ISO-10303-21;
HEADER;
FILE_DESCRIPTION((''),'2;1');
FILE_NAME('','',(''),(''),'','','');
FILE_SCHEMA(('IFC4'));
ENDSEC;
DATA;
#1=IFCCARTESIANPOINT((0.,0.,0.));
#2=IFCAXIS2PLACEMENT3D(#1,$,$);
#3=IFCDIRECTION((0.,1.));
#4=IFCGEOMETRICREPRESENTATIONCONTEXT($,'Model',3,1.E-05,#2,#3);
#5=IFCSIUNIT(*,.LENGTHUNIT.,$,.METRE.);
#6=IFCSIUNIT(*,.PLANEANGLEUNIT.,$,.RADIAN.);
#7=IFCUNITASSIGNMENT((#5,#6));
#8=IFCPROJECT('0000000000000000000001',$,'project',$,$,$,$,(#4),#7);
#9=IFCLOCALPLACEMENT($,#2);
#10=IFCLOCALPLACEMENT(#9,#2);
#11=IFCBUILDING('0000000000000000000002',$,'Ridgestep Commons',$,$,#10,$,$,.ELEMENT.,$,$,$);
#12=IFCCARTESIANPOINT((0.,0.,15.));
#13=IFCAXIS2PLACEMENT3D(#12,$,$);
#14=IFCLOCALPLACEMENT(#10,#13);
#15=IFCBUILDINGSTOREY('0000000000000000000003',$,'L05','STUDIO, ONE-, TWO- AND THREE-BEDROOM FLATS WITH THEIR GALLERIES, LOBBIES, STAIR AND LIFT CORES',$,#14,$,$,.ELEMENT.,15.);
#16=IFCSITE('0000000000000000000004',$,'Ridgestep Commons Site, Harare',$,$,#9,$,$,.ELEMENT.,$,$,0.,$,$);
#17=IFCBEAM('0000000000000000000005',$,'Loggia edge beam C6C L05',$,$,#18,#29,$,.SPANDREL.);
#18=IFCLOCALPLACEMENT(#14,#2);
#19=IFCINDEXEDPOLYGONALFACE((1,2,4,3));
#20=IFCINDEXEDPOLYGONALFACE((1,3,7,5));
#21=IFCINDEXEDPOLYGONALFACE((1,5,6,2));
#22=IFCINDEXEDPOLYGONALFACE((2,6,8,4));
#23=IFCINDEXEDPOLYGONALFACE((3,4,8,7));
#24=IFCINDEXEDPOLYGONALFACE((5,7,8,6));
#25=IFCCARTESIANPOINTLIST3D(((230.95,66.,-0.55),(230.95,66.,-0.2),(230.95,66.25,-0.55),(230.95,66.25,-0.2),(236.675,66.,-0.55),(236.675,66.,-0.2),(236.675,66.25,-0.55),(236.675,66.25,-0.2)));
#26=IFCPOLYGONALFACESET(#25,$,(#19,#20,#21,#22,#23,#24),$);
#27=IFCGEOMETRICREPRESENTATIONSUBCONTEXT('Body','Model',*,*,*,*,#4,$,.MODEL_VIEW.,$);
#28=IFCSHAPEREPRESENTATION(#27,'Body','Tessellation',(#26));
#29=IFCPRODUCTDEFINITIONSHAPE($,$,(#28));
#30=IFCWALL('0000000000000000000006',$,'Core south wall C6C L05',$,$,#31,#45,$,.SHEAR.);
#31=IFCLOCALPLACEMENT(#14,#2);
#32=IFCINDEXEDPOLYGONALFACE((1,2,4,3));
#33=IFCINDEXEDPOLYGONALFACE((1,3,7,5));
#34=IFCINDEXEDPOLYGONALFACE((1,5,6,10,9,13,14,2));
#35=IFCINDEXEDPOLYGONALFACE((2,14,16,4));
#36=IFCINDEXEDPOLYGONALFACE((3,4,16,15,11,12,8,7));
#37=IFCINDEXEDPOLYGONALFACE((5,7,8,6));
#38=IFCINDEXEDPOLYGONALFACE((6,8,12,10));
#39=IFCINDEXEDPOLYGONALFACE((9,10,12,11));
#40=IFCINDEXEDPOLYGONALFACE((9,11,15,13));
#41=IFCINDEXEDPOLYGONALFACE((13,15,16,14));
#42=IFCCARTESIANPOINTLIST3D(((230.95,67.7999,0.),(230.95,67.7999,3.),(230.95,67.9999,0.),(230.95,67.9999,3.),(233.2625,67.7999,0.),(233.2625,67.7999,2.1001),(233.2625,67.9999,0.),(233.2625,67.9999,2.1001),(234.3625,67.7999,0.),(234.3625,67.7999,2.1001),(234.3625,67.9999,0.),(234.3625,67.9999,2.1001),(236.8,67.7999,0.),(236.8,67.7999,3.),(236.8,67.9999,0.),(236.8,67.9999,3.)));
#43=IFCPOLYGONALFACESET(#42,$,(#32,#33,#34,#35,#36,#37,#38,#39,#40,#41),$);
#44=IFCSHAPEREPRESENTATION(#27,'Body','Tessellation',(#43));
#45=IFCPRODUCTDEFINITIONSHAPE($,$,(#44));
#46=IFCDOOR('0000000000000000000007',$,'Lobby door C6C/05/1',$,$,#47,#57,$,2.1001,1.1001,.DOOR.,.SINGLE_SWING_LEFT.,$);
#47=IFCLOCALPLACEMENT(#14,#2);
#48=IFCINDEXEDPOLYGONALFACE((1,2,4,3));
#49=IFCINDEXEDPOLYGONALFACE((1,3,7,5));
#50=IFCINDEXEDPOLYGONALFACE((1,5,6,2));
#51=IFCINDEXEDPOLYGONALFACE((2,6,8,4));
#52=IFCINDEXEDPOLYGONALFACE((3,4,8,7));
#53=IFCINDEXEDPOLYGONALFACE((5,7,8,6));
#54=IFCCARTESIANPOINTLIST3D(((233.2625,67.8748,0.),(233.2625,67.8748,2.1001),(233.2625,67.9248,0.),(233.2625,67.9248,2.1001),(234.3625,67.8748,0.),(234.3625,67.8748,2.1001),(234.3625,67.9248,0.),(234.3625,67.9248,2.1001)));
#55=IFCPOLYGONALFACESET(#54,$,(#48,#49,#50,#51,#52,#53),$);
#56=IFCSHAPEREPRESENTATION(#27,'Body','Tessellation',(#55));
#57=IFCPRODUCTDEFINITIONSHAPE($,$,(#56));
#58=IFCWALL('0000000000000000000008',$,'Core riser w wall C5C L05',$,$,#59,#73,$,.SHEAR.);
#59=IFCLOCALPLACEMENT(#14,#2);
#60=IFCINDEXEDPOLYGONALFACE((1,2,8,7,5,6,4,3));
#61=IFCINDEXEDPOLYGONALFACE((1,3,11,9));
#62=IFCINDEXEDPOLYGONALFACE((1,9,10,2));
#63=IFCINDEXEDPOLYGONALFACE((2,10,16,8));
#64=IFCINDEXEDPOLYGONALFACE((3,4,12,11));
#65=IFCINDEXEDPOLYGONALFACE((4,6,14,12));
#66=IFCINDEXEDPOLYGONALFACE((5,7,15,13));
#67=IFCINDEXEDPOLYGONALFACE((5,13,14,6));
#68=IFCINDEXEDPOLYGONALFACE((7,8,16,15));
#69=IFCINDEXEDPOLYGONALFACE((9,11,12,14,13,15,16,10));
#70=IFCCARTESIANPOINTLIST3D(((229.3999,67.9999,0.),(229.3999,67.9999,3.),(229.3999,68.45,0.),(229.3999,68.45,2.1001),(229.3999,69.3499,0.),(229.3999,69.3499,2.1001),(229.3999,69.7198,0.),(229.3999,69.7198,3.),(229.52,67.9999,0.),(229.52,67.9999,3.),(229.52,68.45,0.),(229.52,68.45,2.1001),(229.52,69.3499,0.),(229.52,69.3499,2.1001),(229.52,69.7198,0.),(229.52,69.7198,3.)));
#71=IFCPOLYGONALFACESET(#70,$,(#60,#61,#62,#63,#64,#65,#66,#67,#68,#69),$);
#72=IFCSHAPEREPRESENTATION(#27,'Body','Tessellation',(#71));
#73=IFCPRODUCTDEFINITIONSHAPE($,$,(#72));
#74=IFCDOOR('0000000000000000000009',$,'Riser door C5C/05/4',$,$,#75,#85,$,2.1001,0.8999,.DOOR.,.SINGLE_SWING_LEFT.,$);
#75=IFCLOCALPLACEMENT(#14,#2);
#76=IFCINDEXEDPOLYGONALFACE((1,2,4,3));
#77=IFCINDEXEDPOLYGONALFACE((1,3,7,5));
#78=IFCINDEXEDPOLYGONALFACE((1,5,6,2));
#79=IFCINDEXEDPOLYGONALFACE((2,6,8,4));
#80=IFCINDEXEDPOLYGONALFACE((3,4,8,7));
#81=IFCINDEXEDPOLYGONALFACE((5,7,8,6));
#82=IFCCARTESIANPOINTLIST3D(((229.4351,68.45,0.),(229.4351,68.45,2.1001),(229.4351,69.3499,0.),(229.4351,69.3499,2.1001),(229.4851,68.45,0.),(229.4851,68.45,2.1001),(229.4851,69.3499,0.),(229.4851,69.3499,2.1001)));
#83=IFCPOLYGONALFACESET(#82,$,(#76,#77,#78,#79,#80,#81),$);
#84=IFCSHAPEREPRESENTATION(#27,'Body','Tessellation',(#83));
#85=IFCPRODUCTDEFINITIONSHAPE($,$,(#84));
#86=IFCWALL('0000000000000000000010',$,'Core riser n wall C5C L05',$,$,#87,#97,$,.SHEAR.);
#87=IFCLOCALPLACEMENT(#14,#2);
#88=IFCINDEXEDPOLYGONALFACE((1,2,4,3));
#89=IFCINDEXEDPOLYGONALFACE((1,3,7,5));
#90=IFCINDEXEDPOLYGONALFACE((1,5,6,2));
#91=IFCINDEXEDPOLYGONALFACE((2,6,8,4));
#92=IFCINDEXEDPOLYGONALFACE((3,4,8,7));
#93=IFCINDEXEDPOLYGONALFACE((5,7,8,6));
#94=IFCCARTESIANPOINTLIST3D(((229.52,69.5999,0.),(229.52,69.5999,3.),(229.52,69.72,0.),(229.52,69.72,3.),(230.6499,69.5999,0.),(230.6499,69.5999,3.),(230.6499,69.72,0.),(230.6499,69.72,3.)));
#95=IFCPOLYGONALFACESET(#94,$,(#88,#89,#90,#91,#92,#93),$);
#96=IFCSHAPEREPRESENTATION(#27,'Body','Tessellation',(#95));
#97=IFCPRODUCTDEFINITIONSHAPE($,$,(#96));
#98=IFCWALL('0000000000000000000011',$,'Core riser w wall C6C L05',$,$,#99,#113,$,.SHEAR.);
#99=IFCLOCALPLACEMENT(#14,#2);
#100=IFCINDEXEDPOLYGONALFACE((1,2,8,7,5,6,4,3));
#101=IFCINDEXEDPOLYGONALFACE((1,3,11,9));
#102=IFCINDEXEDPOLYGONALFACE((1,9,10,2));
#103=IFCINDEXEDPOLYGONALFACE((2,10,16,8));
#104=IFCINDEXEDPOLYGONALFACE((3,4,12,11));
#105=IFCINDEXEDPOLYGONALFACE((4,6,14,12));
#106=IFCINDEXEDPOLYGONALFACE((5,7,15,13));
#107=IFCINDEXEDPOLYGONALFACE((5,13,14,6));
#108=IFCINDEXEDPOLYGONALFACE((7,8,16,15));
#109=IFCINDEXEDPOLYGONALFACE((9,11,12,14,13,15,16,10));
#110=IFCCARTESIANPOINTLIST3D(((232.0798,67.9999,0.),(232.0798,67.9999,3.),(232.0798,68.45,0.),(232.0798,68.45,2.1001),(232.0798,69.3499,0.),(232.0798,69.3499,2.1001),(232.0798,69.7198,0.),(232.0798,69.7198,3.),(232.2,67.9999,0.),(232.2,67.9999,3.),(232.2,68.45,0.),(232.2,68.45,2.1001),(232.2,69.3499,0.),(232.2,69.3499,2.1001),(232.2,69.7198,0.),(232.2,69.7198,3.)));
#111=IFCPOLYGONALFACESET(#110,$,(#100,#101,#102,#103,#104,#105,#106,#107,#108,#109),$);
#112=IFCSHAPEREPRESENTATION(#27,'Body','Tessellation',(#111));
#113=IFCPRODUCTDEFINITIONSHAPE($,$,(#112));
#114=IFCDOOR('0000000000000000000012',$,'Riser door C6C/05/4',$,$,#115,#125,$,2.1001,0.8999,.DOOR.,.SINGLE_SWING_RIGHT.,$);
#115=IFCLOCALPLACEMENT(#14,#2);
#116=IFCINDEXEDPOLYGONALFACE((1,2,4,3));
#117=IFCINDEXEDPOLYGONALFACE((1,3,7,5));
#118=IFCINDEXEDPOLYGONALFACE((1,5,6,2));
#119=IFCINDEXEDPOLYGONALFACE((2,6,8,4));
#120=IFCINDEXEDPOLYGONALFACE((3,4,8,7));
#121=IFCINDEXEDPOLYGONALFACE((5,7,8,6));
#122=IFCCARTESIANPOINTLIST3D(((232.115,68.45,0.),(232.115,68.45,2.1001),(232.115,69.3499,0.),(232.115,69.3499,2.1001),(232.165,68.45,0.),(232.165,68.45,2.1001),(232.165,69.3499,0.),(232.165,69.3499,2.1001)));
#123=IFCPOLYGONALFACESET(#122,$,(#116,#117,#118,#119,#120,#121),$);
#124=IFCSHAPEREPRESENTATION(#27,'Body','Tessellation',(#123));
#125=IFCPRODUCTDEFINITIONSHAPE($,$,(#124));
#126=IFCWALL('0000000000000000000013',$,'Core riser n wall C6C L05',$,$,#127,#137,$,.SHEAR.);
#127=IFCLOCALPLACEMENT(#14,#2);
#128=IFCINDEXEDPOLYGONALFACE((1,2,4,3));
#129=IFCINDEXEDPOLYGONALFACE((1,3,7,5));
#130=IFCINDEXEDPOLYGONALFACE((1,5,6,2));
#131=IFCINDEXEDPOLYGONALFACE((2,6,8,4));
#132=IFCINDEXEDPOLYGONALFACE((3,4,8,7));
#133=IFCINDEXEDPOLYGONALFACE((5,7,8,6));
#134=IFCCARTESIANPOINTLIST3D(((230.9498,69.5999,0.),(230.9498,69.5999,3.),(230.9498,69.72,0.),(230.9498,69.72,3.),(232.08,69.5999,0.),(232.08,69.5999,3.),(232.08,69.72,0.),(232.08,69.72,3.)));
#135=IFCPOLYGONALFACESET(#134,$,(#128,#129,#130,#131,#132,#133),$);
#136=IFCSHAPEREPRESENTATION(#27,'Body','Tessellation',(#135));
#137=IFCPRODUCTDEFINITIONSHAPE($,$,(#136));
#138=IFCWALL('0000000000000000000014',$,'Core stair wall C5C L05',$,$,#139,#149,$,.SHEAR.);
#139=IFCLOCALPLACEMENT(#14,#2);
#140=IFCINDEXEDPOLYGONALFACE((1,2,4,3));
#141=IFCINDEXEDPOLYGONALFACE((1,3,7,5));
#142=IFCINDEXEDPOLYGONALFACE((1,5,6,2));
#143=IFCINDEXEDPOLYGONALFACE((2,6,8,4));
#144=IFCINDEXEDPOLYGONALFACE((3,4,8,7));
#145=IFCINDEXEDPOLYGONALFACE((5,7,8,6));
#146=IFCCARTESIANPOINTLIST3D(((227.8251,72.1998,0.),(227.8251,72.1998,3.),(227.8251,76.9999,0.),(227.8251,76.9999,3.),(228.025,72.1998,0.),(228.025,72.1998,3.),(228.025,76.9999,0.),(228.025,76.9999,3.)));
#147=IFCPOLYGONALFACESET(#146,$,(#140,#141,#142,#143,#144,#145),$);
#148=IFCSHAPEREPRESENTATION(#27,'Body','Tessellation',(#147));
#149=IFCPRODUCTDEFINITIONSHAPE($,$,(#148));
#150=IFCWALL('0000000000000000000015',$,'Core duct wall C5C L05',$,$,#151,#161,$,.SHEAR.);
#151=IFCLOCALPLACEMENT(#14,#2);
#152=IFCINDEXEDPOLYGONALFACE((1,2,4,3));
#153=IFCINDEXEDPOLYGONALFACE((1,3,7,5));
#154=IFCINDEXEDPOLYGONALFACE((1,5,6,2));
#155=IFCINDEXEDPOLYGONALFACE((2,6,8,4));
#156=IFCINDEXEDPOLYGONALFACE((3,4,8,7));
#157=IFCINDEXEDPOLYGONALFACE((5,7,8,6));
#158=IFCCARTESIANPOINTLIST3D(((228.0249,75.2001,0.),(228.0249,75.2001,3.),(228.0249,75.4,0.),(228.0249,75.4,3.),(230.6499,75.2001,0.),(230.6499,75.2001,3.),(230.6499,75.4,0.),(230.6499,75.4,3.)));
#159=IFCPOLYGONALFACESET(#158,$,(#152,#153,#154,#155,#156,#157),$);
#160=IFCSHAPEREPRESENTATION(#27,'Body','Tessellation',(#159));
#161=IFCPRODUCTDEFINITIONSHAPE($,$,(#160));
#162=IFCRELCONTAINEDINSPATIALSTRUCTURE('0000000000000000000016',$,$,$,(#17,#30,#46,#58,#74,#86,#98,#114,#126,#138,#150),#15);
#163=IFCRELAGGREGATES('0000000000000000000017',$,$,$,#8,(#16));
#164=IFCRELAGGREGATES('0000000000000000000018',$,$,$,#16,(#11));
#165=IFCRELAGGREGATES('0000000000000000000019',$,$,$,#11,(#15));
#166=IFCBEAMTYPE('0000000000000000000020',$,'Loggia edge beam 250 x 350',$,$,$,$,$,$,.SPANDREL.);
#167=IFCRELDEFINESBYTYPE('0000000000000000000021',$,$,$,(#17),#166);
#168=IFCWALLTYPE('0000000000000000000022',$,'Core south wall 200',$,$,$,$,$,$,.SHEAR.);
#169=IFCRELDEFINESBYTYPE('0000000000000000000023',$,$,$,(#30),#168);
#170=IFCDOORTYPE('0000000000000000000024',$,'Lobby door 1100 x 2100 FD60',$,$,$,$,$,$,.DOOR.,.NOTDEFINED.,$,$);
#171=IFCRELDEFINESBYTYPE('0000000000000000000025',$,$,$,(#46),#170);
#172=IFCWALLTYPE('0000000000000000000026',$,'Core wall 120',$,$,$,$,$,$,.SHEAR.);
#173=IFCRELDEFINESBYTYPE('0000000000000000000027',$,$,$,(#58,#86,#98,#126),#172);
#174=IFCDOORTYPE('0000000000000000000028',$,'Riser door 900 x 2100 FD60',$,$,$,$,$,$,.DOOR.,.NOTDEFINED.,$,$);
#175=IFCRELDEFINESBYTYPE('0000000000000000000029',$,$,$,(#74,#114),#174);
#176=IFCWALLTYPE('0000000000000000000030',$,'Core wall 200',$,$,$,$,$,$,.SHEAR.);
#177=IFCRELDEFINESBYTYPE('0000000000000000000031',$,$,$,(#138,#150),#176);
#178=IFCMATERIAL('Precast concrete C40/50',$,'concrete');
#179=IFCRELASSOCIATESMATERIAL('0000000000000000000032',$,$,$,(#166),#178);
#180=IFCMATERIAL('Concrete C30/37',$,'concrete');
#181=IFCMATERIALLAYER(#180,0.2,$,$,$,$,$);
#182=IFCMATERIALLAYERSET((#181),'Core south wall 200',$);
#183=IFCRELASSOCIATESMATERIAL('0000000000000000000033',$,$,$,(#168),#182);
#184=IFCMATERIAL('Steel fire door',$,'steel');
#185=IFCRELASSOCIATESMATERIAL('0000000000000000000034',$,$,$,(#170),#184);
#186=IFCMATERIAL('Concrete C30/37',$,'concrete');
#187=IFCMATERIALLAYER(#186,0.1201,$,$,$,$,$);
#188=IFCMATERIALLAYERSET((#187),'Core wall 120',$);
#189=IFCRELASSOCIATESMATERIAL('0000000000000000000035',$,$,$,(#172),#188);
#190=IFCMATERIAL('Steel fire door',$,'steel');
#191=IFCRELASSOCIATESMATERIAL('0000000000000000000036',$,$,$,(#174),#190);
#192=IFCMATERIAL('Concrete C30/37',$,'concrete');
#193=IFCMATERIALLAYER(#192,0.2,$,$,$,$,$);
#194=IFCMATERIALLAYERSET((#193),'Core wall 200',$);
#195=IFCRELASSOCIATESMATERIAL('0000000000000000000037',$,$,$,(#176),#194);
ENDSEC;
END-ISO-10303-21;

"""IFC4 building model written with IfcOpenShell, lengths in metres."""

from ifc_helpers import new_model, si_unit, direction, frame, frame_2d, origin, origin_2d, place, context, subcontext, project, spatial, rectangle, extrude, material, layer, layer_set, material_profile, profile_set, type_object, element, fill, save


model = new_model("IFC4")

# Units and contexts
model_context = context("Model", 3, precision=1e-05, world=origin(), true_north=direction((0.0, 1.0)))
body_context = subcontext(model_context, "Body", "Model", "MODEL_VIEW")
ifc_project = project(units=[si_unit("LENGTHUNIT", "METRE"), si_unit("PLANEANGLEUNIT", "RADIAN")], contexts=[model_context])

# Site, building, storey
site_placement = place(None, origin())
site = spatial("IfcSite", under=ifc_project, at=site_placement, Name="Ridgestep Commons Site, Harare", CompositionType="ELEMENT", RefElevation=0.0)
building_placement = place(site_placement, origin())
building = spatial("IfcBuilding", under=site, at=building_placement, Name="Ridgestep Commons", CompositionType="ELEMENT")
storey_placement = place(building_placement, frame((0.0, 0.0, 15.0)))
storey = spatial("IfcBuildingStorey", under=building, at=storey_placement, Name="L05", Description="STUDIO, ONE-, TWO- AND THREE-BEDROOM FLATS WITH THEIR GALLERIES, LOBBIES, STAIR AND LIFT CORES", CompositionType="ELEMENT", Elevation=15.0)

# Beam
ifc_material_1 = material(Name="Precast concrete C40/50", Category="concrete")
ifc_material_profile = material_profile(ifc_material_1, rectangle(XDim=0.25, YDim=0.3501, at=origin_2d()), Name="PC 250x350")
ifc_profile_set = profile_set([ifc_material_profile], Name="Precast concrete C40/50")
beam_type = type_object("IfcBeamType", Name="Loggia edge beam 250 x 350", PredefinedType="SPANDREL", material=ifc_profile_set)
beam_placement = place(storey_placement, frame((230.95, 66.125, -0.375), z_axis=(1.0, 0.0, 0.0), x_axis=(0.0, 1.0, 0.0)))
element("IfcBeam", 1, at=beam_placement, inside=storey, type_object=beam_type, Name="Loggia edge beam C6C L05", PredefinedType="SPANDREL", context=body_context, shape_type="SweptSolid", body=[
    extrude(rectangle(XDim=0.25, YDim=0.3501, at=origin_2d()), origin(), (0.0, 0.0, 1.0), 5.7251),
])

# Walls, openings, doors
ifc_material_2 = material(Name="Concrete C30/37", Category="concrete")
ifc_layer_1 = layer(ifc_material_2, 0.2)
ifc_layer_set_1 = layer_set([ifc_layer_1], Name="Core south wall 200")
wall_type_1 = type_object("IfcWallType", Name="Core south wall 200", PredefinedType="SHEAR", material=ifc_layer_set_1)
wall_1_placement = place(storey_placement, frame((230.95, 67.8999, 0.0), z_axis=(0.0, 0.0, 1.0), x_axis=(1.0, 0.0, 0.0)))
wall_1 = element("IfcWall", 2, at=wall_1_placement, inside=storey, type_object=wall_type_1, Name="Core south wall C6C L05", PredefinedType="SHEAR", context=body_context, shape_type="SweptSolid", body=[
    extrude(rectangle(XDim=5.8501, YDim=0.2, at=frame_2d((2.925, 0.0))), origin(), (0.0, 0.0, 1.0), 3.0),
])
opening_1_placement = place(wall_1_placement, frame((2.3125, 0.0, 0.0)))
opening_1 = element("IfcOpeningElement", 3, at=opening_1_placement, cuts=wall_1, PredefinedType="OPENING", context=body_context, shape_type="SweptSolid", body=[
    extrude(rectangle(XDim=1.1001, YDim=2.1001, at=frame_2d((0.55, 1.05))), frame((0.0, 0.1099, 0.0), z_axis=(0.0, -1.0, 0.0), x_axis=(1.0, 0.0, 0.0)), (0.0, 0.0, 1.0), 0.22),
])
ifc_material_3 = material(Name="Steel fire door", Category="steel")
door_type_1 = type_object("IfcDoorType", Name="Lobby door 1100 x 2100 FD60", OperationType="NOTDEFINED", PredefinedType="DOOR", material=ifc_material_3)
door_1_placement = place(opening_1_placement, origin())
door_1 = element("IfcDoor", 4, at=door_1_placement, inside=storey, type_object=door_type_1, Name="Lobby door C6C/05/1", OperationType="SINGLE_SWING_LEFT", OverallHeight=2.1001, OverallWidth=1.1001, PredefinedType="DOOR", context=body_context, shape_type="SweptSolid", body=[
    extrude(rectangle(XDim=1.1001, YDim=2.1001, at=frame_2d((0.55, 1.05))), frame((0.0, 0.0249, 0.0), z_axis=(0.0, -1.0, 0.0), x_axis=(1.0, 0.0, 0.0)), (0.0, 0.0, 1.0), 0.05),
])
fill(opening_1, door_1)
ifc_material_4 = material(Name="Concrete C30/37", Category="concrete")
ifc_layer_2 = layer(ifc_material_4, 0.1201)
ifc_layer_set_2 = layer_set([ifc_layer_2], Name="Core wall 120")
wall_type_2 = type_object("IfcWallType", Name="Core wall 120", PredefinedType="SHEAR", material=ifc_layer_set_2)
wall_2_placement = place(storey_placement, frame((229.46, 68.0, 0.0), z_axis=(0.0, 0.0, 1.0), x_axis=(0.0, 1.0, 0.0)))
wall_2 = element("IfcWall", 5, at=wall_2_placement, inside=storey, type_object=wall_type_2, Name="Core riser w wall C5C L05", PredefinedType="SHEAR", context=body_context, shape_type="SweptSolid", body=[
    extrude(rectangle(XDim=1.72, YDim=0.1201, at=frame_2d((0.8599, 0.0))), origin(), (0.0, 0.0, 1.0), 3.0),
])
opening_2_placement = place(wall_2_placement, frame((0.45, 0.0, 0.0)))
opening_2 = element("IfcOpeningElement", 6, at=opening_2_placement, cuts=wall_2, PredefinedType="OPENING", context=body_context, shape_type="SweptSolid", body=[
    extrude(rectangle(XDim=0.8999, YDim=2.1001, at=frame_2d((0.45, 1.05))), frame((0.0, 0.0701, 0.0), z_axis=(0.0, -1.0, 0.0), x_axis=(1.0, 0.0, 0.0)), (0.0, 0.0, 1.0), 0.1401),
])
ifc_material_5 = material(Name="Steel fire door", Category="steel")
door_type_2 = type_object("IfcDoorType", Name="Riser door 900 x 2100 FD60", OperationType="NOTDEFINED", PredefinedType="DOOR", material=ifc_material_5)
door_2_placement = place(opening_2_placement, origin())
door_2 = element("IfcDoor", 7, at=door_2_placement, inside=storey, type_object=door_type_2, Name="Riser door C5C/05/4", OperationType="SINGLE_SWING_LEFT", OverallHeight=2.1001, OverallWidth=0.8999, PredefinedType="DOOR", context=body_context, shape_type="SweptSolid", body=[
    extrude(rectangle(XDim=0.8999, YDim=2.1001, at=frame_2d((0.45, 1.05))), frame((0.0, 0.0249, 0.0), z_axis=(0.0, -1.0, 0.0), x_axis=(1.0, 0.0, 0.0)), (0.0, 0.0, 1.0), 0.05),
])
fill(opening_2, door_2)

# Wall
wall_3_placement = place(storey_placement, frame((229.52, 69.6599, 0.0), z_axis=(0.0, 0.0, 1.0), x_axis=(1.0, 0.0, 0.0)))
element("IfcWall", 8, at=wall_3_placement, inside=storey, type_object=wall_type_2, Name="Core riser n wall C5C L05", PredefinedType="SHEAR", context=body_context, shape_type="SweptSolid", body=[
    extrude(rectangle(XDim=1.1299, YDim=0.1201, at=frame_2d((0.5649, 0.0))), origin(), (0.0, 0.0, 1.0), 3.0),
])

# Wall, opening, door
wall_4_placement = place(storey_placement, frame((232.1399, 68.0, 0.0), z_axis=(0.0, 0.0, 1.0), x_axis=(0.0, 1.0, 0.0)))
wall_4 = element("IfcWall", 9, at=wall_4_placement, inside=storey, type_object=wall_type_2, Name="Core riser w wall C6C L05", PredefinedType="SHEAR", context=body_context, shape_type="SweptSolid", body=[
    extrude(rectangle(XDim=1.72, YDim=0.1201, at=frame_2d((0.8599, 0.0))), origin(), (0.0, 0.0, 1.0), 3.0),
])
opening_3_placement = place(wall_4_placement, frame((0.45, 0.0, 0.0)))
opening_3 = element("IfcOpeningElement", 10, at=opening_3_placement, cuts=wall_4, PredefinedType="OPENING", context=body_context, shape_type="SweptSolid", body=[
    extrude(rectangle(XDim=0.8999, YDim=2.1001, at=frame_2d((0.45, 1.05))), frame((0.0, 0.0701, 0.0), z_axis=(0.0, -1.0, 0.0), x_axis=(1.0, 0.0, 0.0)), (0.0, 0.0, 1.0), 0.1401),
])
door_3_placement = place(opening_3_placement, origin())
door_3 = element("IfcDoor", 11, at=door_3_placement, inside=storey, type_object=door_type_2, Name="Riser door C6C/05/4", OperationType="SINGLE_SWING_RIGHT", OverallHeight=2.1001, OverallWidth=0.8999, PredefinedType="DOOR", context=body_context, shape_type="SweptSolid", body=[
    extrude(rectangle(XDim=0.8999, YDim=2.1001, at=frame_2d((0.45, 1.05))), frame((0.0, 0.0249, 0.0), z_axis=(0.0, -1.0, 0.0), x_axis=(1.0, 0.0, 0.0)), (0.0, 0.0, 1.0), 0.05),
])
fill(opening_3, door_3)

# Walls
wall_5_placement = place(storey_placement, frame((230.95, 69.6599, 0.0), z_axis=(0.0, 0.0, 1.0), x_axis=(1.0, 0.0, 0.0)))
element("IfcWall", 12, at=wall_5_placement, inside=storey, type_object=wall_type_2, Name="Core riser n wall C6C L05", PredefinedType="SHEAR", context=body_context, shape_type="SweptSolid", body=[
    extrude(rectangle(XDim=1.1301, YDim=0.1201, at=frame_2d((0.5649, 0.0))), origin(), (0.0, 0.0, 1.0), 3.0),
])
ifc_material_6 = material(Name="Concrete C30/37", Category="concrete")
ifc_layer_3 = layer(ifc_material_6, 0.2)
ifc_layer_set_3 = layer_set([ifc_layer_3], Name="Core wall 200")
wall_type_3 = type_object("IfcWallType", Name="Core wall 200", PredefinedType="SHEAR", material=ifc_layer_set_3)
wall_6_placement = place(storey_placement, frame((227.925, 72.2, 0.0), z_axis=(0.0, 0.0, 1.0), x_axis=(0.0, 1.0, 0.0)))
element("IfcWall", 13, at=wall_6_placement, inside=storey, type_object=wall_type_3, Name="Core stair wall C5C L05", PredefinedType="SHEAR", context=body_context, shape_type="SweptSolid", body=[
    extrude(rectangle(XDim=4.8, YDim=0.2, at=frame_2d((2.3999, 0.0))), origin(), (0.0, 0.0, 1.0), 3.0),
])
wall_7_placement = place(storey_placement, frame((228.0249, 75.3, 0.0), z_axis=(0.0, 0.0, 1.0), x_axis=(1.0, 0.0, 0.0)))
element("IfcWall", 14, at=wall_7_placement, inside=storey, type_object=wall_type_3, Name="Core duct wall C5C L05", PredefinedType="SHEAR", context=body_context, shape_type="SweptSolid", body=[
    extrude(rectangle(XDim=2.625, YDim=0.2, at=frame_2d((1.3125, 0.0))), origin(), (0.0, 0.0, 1.0), 3.0),
])

save(model, "model.ifc")
